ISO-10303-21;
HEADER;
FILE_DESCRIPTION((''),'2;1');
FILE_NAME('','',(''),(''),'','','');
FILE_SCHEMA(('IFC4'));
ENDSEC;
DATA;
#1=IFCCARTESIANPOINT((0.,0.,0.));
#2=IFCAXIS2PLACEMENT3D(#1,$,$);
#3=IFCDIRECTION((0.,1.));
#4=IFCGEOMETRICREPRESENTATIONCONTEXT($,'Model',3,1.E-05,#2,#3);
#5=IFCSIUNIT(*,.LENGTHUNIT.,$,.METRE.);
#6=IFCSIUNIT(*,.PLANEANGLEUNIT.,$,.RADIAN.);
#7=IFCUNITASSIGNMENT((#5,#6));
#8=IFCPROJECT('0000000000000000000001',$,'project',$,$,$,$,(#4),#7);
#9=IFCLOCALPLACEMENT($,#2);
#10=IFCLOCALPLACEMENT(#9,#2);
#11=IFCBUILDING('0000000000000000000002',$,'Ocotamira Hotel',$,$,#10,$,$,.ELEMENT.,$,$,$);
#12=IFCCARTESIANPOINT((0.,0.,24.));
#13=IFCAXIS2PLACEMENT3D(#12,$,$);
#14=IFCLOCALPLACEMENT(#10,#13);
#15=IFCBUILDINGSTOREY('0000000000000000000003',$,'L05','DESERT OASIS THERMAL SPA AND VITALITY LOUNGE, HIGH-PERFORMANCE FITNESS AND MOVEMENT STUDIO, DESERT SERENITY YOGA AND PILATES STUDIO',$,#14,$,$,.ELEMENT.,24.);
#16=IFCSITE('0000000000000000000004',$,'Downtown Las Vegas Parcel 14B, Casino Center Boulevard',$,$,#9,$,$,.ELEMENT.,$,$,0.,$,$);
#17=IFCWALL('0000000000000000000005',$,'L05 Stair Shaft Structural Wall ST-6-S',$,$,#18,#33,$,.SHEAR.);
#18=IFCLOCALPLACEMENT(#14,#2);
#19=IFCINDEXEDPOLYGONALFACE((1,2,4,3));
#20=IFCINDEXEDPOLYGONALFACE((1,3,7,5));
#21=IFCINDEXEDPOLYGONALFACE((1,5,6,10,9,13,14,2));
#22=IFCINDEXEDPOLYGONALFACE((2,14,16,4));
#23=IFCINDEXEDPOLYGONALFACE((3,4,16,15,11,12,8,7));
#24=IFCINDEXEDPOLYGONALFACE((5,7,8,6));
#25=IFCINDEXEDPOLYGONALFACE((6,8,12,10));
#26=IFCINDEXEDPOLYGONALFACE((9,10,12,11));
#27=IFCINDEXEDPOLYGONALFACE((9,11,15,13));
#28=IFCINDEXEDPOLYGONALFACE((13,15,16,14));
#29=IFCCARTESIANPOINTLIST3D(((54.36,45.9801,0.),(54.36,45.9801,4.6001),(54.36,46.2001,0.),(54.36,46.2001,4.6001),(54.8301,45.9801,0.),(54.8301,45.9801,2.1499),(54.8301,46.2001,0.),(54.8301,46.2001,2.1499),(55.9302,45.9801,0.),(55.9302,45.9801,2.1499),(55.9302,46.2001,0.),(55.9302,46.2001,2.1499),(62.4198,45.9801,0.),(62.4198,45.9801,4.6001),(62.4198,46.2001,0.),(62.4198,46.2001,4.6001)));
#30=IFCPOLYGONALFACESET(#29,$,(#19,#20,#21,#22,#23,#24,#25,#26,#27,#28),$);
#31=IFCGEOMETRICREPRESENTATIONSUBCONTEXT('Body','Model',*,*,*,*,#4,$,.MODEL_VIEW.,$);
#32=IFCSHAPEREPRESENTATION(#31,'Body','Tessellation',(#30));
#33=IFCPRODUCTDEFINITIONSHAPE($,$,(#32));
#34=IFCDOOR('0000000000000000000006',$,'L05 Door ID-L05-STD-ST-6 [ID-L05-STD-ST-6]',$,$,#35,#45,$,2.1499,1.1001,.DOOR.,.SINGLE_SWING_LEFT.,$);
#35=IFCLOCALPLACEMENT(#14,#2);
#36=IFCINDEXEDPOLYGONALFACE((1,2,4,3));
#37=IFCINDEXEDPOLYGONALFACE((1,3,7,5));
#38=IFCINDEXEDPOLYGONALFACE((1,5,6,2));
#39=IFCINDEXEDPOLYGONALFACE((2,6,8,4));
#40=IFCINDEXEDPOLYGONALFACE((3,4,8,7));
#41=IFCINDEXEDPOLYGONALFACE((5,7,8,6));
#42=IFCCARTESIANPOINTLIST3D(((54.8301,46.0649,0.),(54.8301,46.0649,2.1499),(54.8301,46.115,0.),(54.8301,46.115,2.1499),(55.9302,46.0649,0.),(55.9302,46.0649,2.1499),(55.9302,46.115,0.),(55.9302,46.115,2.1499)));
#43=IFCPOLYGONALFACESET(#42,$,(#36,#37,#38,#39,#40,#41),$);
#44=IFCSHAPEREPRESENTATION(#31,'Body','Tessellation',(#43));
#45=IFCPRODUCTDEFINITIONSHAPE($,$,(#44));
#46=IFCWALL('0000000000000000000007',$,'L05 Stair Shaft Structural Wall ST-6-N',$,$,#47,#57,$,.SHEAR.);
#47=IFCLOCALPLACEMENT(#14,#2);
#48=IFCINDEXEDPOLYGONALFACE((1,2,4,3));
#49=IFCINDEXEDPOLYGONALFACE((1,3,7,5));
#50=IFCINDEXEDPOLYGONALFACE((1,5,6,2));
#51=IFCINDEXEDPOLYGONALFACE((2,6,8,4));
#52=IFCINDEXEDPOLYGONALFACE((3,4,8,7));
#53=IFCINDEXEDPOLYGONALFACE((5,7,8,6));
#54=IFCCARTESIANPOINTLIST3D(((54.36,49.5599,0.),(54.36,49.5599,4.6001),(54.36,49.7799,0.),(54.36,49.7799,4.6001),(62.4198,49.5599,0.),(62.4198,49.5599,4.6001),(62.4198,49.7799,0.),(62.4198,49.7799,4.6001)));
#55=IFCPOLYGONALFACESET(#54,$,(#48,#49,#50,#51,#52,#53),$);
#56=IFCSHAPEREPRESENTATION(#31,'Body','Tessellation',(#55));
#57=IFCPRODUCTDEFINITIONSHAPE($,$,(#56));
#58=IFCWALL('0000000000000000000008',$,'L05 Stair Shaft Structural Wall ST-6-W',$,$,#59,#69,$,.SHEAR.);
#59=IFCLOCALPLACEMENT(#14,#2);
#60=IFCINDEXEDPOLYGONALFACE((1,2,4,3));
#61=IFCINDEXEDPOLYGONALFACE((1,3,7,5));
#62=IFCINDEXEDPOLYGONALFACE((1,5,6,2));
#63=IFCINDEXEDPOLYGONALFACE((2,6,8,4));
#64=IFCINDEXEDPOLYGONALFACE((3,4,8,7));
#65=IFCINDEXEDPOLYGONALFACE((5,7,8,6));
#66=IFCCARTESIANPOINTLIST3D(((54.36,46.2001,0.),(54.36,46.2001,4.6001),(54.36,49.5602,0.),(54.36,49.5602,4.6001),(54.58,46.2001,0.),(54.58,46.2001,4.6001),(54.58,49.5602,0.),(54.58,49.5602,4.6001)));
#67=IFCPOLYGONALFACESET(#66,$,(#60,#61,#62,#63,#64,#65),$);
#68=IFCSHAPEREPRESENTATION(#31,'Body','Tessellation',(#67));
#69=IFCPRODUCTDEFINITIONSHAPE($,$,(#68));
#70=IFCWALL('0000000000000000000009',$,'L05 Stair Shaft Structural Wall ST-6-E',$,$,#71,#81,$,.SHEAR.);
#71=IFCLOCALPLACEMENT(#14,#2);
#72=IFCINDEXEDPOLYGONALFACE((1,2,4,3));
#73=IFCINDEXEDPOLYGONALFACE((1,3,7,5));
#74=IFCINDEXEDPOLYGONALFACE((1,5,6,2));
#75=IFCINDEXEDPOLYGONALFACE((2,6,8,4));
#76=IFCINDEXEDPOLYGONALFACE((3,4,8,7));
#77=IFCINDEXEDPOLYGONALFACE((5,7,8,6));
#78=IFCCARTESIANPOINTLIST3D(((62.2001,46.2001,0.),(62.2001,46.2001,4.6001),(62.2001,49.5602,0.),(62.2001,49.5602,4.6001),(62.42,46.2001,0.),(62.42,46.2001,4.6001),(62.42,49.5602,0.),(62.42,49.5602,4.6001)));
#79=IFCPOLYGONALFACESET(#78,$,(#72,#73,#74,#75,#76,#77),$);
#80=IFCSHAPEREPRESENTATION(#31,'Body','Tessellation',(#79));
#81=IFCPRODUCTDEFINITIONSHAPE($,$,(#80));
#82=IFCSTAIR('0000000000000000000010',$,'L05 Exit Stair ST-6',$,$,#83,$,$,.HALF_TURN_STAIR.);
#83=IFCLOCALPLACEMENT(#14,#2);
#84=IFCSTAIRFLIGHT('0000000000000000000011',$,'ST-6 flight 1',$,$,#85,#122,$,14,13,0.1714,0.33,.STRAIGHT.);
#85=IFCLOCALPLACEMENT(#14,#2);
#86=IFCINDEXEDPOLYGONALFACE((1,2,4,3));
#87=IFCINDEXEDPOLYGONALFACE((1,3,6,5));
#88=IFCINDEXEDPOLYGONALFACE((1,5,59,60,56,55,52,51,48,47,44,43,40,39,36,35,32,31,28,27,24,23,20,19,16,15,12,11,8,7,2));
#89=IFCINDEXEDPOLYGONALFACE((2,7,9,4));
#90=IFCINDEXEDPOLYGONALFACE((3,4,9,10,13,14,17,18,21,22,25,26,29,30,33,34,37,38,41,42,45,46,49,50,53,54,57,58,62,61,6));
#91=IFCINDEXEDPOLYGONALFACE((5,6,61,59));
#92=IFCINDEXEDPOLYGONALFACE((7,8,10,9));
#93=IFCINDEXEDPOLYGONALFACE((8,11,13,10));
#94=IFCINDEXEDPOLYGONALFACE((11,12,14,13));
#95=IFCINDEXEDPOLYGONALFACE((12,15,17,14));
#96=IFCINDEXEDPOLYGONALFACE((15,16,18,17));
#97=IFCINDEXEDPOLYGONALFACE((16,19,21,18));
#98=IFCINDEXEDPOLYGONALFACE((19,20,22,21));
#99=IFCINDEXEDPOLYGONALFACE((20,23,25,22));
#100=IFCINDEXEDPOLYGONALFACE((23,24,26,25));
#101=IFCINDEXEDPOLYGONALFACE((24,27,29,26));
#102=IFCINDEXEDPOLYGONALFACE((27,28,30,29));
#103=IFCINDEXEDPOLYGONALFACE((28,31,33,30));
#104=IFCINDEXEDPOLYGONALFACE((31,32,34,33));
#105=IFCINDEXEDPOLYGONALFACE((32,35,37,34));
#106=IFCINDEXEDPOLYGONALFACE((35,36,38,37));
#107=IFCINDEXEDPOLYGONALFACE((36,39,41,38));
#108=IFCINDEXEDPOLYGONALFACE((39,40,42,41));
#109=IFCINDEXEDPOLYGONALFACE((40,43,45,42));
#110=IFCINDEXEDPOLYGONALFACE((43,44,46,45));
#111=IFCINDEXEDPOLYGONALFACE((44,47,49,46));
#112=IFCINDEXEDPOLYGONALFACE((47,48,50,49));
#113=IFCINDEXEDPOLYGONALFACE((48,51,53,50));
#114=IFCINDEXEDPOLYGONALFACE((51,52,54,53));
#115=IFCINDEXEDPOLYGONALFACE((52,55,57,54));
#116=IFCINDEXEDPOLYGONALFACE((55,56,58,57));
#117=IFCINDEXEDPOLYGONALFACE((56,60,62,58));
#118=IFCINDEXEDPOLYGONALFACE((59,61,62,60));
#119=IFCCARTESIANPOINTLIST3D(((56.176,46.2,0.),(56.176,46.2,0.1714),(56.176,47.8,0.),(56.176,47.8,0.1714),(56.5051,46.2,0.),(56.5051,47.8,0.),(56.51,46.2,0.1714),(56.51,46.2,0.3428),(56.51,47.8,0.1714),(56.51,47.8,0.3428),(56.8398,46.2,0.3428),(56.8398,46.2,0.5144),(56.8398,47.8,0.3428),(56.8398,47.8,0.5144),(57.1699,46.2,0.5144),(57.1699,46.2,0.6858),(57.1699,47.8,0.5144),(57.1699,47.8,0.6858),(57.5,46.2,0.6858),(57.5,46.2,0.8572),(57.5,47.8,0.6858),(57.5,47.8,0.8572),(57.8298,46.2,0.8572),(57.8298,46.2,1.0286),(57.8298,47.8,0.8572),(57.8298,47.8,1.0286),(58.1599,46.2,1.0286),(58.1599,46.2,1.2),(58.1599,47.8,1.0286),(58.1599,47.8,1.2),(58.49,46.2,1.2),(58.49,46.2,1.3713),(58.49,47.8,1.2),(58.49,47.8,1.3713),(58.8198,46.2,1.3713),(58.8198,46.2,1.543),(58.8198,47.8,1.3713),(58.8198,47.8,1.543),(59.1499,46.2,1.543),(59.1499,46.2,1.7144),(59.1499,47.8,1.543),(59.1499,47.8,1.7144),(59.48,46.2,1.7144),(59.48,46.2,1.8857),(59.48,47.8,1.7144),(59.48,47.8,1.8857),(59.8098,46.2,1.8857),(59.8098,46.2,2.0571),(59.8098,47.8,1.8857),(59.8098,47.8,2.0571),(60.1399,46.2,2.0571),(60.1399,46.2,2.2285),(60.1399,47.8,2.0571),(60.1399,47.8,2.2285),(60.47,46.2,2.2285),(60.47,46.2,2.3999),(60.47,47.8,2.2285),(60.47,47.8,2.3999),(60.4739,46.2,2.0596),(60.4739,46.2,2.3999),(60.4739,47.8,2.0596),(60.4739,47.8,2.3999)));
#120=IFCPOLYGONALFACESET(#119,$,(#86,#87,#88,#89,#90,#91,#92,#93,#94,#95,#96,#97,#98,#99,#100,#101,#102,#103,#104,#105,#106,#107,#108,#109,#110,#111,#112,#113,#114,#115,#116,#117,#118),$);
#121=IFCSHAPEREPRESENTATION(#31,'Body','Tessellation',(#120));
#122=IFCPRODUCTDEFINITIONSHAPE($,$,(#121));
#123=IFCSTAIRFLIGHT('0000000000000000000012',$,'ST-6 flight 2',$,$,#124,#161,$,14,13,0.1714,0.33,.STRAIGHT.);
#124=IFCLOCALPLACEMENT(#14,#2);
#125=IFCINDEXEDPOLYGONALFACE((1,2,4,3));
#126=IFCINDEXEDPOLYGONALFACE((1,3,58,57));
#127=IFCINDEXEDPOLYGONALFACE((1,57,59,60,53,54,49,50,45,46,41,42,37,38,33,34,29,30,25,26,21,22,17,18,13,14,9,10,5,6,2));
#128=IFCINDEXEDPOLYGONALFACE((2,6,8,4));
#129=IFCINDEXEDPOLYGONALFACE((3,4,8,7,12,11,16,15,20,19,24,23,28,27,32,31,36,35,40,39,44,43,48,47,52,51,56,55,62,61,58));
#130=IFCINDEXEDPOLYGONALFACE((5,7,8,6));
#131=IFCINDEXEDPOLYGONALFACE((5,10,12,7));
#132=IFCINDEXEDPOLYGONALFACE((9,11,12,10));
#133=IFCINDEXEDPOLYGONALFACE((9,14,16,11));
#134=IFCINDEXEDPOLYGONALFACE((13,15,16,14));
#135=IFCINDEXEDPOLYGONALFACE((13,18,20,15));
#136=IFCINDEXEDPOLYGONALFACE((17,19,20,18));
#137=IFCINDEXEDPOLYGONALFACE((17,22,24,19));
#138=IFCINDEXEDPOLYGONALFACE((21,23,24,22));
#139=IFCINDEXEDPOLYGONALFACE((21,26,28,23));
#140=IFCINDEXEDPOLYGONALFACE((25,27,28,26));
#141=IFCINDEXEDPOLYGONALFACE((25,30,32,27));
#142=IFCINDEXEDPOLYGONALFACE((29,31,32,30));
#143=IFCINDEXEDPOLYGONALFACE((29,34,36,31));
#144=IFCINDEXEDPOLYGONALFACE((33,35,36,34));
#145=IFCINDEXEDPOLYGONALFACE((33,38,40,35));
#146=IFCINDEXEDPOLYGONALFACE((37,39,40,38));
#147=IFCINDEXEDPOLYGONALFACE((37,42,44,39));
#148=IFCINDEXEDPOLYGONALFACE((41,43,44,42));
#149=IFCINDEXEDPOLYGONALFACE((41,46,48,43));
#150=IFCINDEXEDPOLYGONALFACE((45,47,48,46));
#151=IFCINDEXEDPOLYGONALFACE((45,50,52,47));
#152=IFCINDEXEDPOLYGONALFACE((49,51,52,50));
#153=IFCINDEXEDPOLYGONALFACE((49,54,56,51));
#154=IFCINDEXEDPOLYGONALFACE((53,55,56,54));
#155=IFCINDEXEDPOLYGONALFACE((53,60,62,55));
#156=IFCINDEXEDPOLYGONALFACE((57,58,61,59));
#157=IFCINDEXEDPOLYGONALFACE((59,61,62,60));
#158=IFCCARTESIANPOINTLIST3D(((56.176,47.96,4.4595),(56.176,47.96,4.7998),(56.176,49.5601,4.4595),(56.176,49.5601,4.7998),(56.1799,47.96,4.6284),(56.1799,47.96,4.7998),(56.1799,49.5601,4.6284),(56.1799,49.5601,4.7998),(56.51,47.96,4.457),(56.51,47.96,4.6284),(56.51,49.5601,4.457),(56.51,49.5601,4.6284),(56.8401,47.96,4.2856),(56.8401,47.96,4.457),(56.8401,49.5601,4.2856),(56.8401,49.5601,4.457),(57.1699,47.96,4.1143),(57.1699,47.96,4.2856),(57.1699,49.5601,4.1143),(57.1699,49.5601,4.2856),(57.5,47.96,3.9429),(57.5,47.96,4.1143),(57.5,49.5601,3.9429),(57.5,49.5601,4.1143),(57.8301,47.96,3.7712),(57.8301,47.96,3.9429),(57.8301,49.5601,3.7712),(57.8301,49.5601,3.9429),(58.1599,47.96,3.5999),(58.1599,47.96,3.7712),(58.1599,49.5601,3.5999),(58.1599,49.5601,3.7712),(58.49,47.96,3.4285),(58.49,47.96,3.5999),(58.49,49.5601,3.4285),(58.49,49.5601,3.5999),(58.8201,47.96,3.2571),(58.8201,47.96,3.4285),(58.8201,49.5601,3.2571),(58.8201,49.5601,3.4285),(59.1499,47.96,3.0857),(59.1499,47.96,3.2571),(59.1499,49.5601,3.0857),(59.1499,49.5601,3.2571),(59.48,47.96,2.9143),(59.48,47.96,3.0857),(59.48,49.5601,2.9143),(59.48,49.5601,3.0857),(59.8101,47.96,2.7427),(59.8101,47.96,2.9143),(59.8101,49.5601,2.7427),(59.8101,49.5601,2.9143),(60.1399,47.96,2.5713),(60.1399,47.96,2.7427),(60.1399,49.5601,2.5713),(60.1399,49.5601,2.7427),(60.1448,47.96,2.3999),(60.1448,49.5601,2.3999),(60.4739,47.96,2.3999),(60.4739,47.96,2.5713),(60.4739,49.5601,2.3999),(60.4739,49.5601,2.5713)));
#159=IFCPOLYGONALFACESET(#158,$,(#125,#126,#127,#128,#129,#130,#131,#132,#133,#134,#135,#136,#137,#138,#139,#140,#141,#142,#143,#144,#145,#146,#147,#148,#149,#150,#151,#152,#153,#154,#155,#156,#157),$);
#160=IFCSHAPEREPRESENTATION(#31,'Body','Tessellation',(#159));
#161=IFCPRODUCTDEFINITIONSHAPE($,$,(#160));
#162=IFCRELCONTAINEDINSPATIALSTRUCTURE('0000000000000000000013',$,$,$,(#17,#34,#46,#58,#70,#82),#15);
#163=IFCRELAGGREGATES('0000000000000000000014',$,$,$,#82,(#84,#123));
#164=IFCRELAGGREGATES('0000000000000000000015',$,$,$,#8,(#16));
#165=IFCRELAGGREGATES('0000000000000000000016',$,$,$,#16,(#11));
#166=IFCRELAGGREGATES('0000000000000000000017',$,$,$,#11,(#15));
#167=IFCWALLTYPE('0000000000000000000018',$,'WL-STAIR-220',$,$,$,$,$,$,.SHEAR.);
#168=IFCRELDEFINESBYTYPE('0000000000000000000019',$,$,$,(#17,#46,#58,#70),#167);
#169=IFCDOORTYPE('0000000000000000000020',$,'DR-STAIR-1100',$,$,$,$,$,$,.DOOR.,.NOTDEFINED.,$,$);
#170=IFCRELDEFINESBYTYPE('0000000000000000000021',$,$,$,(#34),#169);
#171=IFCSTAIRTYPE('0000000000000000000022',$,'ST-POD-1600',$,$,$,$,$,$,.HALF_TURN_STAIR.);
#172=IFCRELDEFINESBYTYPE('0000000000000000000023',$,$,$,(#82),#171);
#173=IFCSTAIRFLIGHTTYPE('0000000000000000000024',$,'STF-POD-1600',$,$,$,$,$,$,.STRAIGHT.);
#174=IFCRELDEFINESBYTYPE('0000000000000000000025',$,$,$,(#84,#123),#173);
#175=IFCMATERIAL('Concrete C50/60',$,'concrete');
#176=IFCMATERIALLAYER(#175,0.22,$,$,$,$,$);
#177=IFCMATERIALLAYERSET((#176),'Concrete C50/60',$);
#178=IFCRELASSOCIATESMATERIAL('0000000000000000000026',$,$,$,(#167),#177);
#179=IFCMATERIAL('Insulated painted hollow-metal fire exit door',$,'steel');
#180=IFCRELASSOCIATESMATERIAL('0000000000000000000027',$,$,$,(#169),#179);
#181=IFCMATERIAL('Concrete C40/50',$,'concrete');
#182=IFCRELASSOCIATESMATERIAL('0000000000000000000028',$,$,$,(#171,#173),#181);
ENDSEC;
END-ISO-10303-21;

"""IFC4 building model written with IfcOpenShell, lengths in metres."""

from ifc_helpers import new_model, si_unit, direction, frame, frame_2d, origin, place, context, subcontext, project, spatial, polyline, rectangle, outline, extrude, source, transform, mapped, material, layer, layer_set, type_object, element, fill, aggregate, save


model = new_model("IFC4")

# Units and contexts
model_context = context("Model", 3, precision=1e-05, world=origin(), true_north=direction((0.0, 1.0)))
body_context = subcontext(model_context, "Body", "Model", "MODEL_VIEW")
ifc_project = project(units=[si_unit("LENGTHUNIT", "METRE"), si_unit("PLANEANGLEUNIT", "RADIAN")], contexts=[model_context])

# Site, building, storey
site_placement = place(None, origin())
site = spatial("IfcSite", under=ifc_project, at=site_placement, Name="Downtown Las Vegas Parcel 14B, Casino Center Boulevard", CompositionType="ELEMENT", RefElevation=0.0)
building_placement = place(site_placement, origin())
building = spatial("IfcBuilding", under=site, at=building_placement, Name="Ocotamira Hotel", CompositionType="ELEMENT")
storey_placement = place(building_placement, frame((0.0, 0.0, 24.0)))
storey = spatial("IfcBuildingStorey", under=building, at=storey_placement, Name="L05", Description="DESERT OASIS THERMAL SPA AND VITALITY LOUNGE, HIGH-PERFORMANCE FITNESS AND MOVEMENT STUDIO, DESERT SERENITY YOGA AND PILATES STUDIO", CompositionType="ELEMENT", Elevation=24.0)

# Shared definitions
ifc_material_1 = material(Name="Concrete C50/60", Category="concrete")

# Wall, opening, door
ifc_layer_1 = layer(ifc_material_1, 0.22)
ifc_layer_set_1 = layer_set([ifc_layer_1], Name="Concrete C50/60")
wall_type_1 = type_object("IfcWallType", Name="WL-STAIR-220", PredefinedType="SHEAR", material=ifc_layer_set_1)
wall_1_placement = place(storey_placement, frame((54.3601, 46.0901, 0.0), z_axis=(0.0, 0.0, 1.0), x_axis=(1.0, 0.0, 0.0)))
wall_1 = element("IfcWall", 1, at=wall_1_placement, inside=storey, type_object=wall_type_1, Name="L05 Stair Shaft Structural Wall ST-6-S", PredefinedType="SHEAR", context=body_context, shape_type="SweptSolid", body=[
    extrude(rectangle(XDim=8.0598, YDim=0.22, at=frame_2d((4.0298, 0.0))), origin(), (0.0, 0.0, 1.0), 4.6001),
])
opening_1_placement = place(wall_1_placement, frame((0.47, 0.0, 0.0)))
opening_1 = element("IfcOpeningElement", 2, at=opening_1_placement, cuts=wall_1, PredefinedType="OPENING", context=body_context, shape_type="SweptSolid", body=[
    extrude(rectangle(XDim=1.1001, YDim=2.1499, at=frame_2d((0.55, 1.075))), frame((0.0, 0.1201, 0.0), z_axis=(0.0, -1.0, 0.0), x_axis=(1.0, 0.0, 0.0)), (0.0, 0.0, 1.0), 0.24),
])
ifc_material_2 = material(Name="Insulated painted hollow-metal fire exit door", Category="steel")
door_type = type_object("IfcDoorType", Name="DR-STAIR-1100", OperationType="NOTDEFINED", PredefinedType="DOOR", material=ifc_material_2)
shared_shape_1 = source(origin(), body_context, "Body", "SweptSolid", [
    extrude(rectangle(XDim=1.1001, YDim=2.1499, at=frame_2d((0.55, 1.075))), frame((0.0, 0.0249, 0.0), z_axis=(0.0, -1.0, 0.0), x_axis=(1.0, 0.0, 0.0)), (0.0, 0.0, 1.0), 0.05),
])
door_placement = place(opening_1_placement, origin())
door = element("IfcDoor", 3, at=door_placement, inside=storey, type_object=door_type, Name="L05 Door ID-L05-STD-ST-6 [ID-L05-STD-ST-6]", OperationType="SINGLE_SWING_LEFT", OverallHeight=2.1499, OverallWidth=1.1001, PredefinedType="DOOR", context=body_context, shape_type="MappedRepresentation", body=[
    mapped(shared_shape_1, transform((0.0, 0.0, 0.0), scale=1.0)),
])
fill(opening_1, door)

# Walls
wall_2_placement = place(storey_placement, frame((54.3601, 49.6699, 0.0), z_axis=(0.0, 0.0, 1.0), x_axis=(1.0, 0.0, 0.0)))
element("IfcWall", 4, at=wall_2_placement, inside=storey, type_object=wall_type_1, Name="L05 Stair Shaft Structural Wall ST-6-N", PredefinedType="SHEAR", context=body_context, shape_type="SweptSolid", body=[
    extrude(rectangle(XDim=8.0598, YDim=0.22, at=frame_2d((4.0298, 0.0))), origin(), (0.0, 0.0, 1.0), 4.6001),
])
for number, where, z_axis, x_axis, name in (
    (5, (54.47, 46.2, 0.0), (0.0, 0.0, 1.0), (0.0, 1.0, 0.0), "L05 Stair Shaft Structural Wall ST-6-W"),
    (6, (62.3101, 46.2, 0.0), (0.0, 0.0, 1.0), (0.0, 1.0, 0.0), "L05 Stair Shaft Structural Wall ST-6-E"),
):
    element("IfcWall", number, at=place(storey_placement, frame(where, z_axis=z_axis, x_axis=x_axis)), inside=storey, type_object=wall_type_1, Name=name, PredefinedType="SHEAR", context=body_context, shape_type="SweptSolid", body=[
        extrude(rectangle(XDim=3.3601, YDim=0.22, at=frame_2d((1.6802, 0.0))), origin(), (0.0, 0.0, 1.0), 4.6001),
    ])

# Stair, stair flights
ifc_material_3 = material(Name="Concrete C40/50", Category="concrete")
stair_type = type_object("IfcStairType", Name="ST-POD-1600", PredefinedType="HALF_TURN_STAIR", material=ifc_material_3)
stair_placement = place(storey_placement, origin())
stair = element("IfcStair", 7, at=stair_placement, inside=storey, type_object=stair_type, Name="L05 Exit Stair ST-6", PredefinedType="HALF_TURN_STAIR")
stair_flight_type = type_object("IfcStairFlightType", Name="STF-POD-1600", PredefinedType="STRAIGHT", material=ifc_material_3)
shared_shape_2 = source(origin(), body_context, "Body", "SweptSolid", [
    extrude(outline(polyline([(-0.0039, 0.0), (-0.0039, 0.1714), (0.3301, 0.1714), (0.3301, 0.3428), (0.6599, 0.3428), (0.6599, 0.5144), (0.99, 0.5144), (0.99, 0.6858), (1.3201, 0.6858), (1.3201, 0.8572), (1.6499, 0.8572), (1.6499, 1.0286), (1.98, 1.0286), (1.98, 1.2), (2.3101, 1.2), (2.3101, 1.3713), (2.6399, 1.3713), (2.6399, 1.543), (2.97, 1.543), (2.97, 1.7144), (3.3, 1.7144), (3.3, 1.8857), (3.6299, 1.8857), (3.6299, 2.0571), (3.96, 2.0571), (3.96, 2.2285), (4.29, 2.2285), (4.29, 2.3999), (4.2939, 2.3999), (4.2939, 2.0596), (0.3252, 0.0), (-0.0039, 0.0)])), frame((0.0, 0.8, 0.0), z_axis=(0.0, -1.0, 0.0), x_axis=(1.0, 0.0, 0.0)), (0.0, 0.0, 1.0), 1.6001),
])
stair_flight_1_placement = place(storey_placement, frame((56.1799, 47.0, 0.0), z_axis=(0.0, 0.0, 1.0), x_axis=(1.0, 0.0, 0.0)))
stair_flight_1 = element("IfcStairFlight", 8, at=stair_flight_1_placement, type_object=stair_flight_type, Name="ST-6 flight 1", NumberOfRisers=14, NumberOfTreads=13, PredefinedType="STRAIGHT", RiserHeight=0.1714, TreadLength=0.33, context=body_context, shape_type="MappedRepresentation", body=[
    mapped(shared_shape_2, transform((0.0, 0.0, 0.0), scale=1.0)),
])
stair_flight_2_placement = place(storey_placement, frame((60.47, 48.76, 2.3999), z_axis=(0.0, 0.0, 1.0), x_axis=(-1.0, 0.0, 0.0)))
stair_flight_2 = element("IfcStairFlight", 9, at=stair_flight_2_placement, type_object=stair_flight_type, Name="ST-6 flight 2", NumberOfRisers=14, NumberOfTreads=13, PredefinedType="STRAIGHT", RiserHeight=0.1714, TreadLength=0.33, context=body_context, shape_type="MappedRepresentation", body=[
    mapped(shared_shape_2, transform((0.0, 0.0, 0.0), scale=1.0)),
])
aggregate(stair, [stair_flight_1, stair_flight_2])

save(model, "model.ifc")
